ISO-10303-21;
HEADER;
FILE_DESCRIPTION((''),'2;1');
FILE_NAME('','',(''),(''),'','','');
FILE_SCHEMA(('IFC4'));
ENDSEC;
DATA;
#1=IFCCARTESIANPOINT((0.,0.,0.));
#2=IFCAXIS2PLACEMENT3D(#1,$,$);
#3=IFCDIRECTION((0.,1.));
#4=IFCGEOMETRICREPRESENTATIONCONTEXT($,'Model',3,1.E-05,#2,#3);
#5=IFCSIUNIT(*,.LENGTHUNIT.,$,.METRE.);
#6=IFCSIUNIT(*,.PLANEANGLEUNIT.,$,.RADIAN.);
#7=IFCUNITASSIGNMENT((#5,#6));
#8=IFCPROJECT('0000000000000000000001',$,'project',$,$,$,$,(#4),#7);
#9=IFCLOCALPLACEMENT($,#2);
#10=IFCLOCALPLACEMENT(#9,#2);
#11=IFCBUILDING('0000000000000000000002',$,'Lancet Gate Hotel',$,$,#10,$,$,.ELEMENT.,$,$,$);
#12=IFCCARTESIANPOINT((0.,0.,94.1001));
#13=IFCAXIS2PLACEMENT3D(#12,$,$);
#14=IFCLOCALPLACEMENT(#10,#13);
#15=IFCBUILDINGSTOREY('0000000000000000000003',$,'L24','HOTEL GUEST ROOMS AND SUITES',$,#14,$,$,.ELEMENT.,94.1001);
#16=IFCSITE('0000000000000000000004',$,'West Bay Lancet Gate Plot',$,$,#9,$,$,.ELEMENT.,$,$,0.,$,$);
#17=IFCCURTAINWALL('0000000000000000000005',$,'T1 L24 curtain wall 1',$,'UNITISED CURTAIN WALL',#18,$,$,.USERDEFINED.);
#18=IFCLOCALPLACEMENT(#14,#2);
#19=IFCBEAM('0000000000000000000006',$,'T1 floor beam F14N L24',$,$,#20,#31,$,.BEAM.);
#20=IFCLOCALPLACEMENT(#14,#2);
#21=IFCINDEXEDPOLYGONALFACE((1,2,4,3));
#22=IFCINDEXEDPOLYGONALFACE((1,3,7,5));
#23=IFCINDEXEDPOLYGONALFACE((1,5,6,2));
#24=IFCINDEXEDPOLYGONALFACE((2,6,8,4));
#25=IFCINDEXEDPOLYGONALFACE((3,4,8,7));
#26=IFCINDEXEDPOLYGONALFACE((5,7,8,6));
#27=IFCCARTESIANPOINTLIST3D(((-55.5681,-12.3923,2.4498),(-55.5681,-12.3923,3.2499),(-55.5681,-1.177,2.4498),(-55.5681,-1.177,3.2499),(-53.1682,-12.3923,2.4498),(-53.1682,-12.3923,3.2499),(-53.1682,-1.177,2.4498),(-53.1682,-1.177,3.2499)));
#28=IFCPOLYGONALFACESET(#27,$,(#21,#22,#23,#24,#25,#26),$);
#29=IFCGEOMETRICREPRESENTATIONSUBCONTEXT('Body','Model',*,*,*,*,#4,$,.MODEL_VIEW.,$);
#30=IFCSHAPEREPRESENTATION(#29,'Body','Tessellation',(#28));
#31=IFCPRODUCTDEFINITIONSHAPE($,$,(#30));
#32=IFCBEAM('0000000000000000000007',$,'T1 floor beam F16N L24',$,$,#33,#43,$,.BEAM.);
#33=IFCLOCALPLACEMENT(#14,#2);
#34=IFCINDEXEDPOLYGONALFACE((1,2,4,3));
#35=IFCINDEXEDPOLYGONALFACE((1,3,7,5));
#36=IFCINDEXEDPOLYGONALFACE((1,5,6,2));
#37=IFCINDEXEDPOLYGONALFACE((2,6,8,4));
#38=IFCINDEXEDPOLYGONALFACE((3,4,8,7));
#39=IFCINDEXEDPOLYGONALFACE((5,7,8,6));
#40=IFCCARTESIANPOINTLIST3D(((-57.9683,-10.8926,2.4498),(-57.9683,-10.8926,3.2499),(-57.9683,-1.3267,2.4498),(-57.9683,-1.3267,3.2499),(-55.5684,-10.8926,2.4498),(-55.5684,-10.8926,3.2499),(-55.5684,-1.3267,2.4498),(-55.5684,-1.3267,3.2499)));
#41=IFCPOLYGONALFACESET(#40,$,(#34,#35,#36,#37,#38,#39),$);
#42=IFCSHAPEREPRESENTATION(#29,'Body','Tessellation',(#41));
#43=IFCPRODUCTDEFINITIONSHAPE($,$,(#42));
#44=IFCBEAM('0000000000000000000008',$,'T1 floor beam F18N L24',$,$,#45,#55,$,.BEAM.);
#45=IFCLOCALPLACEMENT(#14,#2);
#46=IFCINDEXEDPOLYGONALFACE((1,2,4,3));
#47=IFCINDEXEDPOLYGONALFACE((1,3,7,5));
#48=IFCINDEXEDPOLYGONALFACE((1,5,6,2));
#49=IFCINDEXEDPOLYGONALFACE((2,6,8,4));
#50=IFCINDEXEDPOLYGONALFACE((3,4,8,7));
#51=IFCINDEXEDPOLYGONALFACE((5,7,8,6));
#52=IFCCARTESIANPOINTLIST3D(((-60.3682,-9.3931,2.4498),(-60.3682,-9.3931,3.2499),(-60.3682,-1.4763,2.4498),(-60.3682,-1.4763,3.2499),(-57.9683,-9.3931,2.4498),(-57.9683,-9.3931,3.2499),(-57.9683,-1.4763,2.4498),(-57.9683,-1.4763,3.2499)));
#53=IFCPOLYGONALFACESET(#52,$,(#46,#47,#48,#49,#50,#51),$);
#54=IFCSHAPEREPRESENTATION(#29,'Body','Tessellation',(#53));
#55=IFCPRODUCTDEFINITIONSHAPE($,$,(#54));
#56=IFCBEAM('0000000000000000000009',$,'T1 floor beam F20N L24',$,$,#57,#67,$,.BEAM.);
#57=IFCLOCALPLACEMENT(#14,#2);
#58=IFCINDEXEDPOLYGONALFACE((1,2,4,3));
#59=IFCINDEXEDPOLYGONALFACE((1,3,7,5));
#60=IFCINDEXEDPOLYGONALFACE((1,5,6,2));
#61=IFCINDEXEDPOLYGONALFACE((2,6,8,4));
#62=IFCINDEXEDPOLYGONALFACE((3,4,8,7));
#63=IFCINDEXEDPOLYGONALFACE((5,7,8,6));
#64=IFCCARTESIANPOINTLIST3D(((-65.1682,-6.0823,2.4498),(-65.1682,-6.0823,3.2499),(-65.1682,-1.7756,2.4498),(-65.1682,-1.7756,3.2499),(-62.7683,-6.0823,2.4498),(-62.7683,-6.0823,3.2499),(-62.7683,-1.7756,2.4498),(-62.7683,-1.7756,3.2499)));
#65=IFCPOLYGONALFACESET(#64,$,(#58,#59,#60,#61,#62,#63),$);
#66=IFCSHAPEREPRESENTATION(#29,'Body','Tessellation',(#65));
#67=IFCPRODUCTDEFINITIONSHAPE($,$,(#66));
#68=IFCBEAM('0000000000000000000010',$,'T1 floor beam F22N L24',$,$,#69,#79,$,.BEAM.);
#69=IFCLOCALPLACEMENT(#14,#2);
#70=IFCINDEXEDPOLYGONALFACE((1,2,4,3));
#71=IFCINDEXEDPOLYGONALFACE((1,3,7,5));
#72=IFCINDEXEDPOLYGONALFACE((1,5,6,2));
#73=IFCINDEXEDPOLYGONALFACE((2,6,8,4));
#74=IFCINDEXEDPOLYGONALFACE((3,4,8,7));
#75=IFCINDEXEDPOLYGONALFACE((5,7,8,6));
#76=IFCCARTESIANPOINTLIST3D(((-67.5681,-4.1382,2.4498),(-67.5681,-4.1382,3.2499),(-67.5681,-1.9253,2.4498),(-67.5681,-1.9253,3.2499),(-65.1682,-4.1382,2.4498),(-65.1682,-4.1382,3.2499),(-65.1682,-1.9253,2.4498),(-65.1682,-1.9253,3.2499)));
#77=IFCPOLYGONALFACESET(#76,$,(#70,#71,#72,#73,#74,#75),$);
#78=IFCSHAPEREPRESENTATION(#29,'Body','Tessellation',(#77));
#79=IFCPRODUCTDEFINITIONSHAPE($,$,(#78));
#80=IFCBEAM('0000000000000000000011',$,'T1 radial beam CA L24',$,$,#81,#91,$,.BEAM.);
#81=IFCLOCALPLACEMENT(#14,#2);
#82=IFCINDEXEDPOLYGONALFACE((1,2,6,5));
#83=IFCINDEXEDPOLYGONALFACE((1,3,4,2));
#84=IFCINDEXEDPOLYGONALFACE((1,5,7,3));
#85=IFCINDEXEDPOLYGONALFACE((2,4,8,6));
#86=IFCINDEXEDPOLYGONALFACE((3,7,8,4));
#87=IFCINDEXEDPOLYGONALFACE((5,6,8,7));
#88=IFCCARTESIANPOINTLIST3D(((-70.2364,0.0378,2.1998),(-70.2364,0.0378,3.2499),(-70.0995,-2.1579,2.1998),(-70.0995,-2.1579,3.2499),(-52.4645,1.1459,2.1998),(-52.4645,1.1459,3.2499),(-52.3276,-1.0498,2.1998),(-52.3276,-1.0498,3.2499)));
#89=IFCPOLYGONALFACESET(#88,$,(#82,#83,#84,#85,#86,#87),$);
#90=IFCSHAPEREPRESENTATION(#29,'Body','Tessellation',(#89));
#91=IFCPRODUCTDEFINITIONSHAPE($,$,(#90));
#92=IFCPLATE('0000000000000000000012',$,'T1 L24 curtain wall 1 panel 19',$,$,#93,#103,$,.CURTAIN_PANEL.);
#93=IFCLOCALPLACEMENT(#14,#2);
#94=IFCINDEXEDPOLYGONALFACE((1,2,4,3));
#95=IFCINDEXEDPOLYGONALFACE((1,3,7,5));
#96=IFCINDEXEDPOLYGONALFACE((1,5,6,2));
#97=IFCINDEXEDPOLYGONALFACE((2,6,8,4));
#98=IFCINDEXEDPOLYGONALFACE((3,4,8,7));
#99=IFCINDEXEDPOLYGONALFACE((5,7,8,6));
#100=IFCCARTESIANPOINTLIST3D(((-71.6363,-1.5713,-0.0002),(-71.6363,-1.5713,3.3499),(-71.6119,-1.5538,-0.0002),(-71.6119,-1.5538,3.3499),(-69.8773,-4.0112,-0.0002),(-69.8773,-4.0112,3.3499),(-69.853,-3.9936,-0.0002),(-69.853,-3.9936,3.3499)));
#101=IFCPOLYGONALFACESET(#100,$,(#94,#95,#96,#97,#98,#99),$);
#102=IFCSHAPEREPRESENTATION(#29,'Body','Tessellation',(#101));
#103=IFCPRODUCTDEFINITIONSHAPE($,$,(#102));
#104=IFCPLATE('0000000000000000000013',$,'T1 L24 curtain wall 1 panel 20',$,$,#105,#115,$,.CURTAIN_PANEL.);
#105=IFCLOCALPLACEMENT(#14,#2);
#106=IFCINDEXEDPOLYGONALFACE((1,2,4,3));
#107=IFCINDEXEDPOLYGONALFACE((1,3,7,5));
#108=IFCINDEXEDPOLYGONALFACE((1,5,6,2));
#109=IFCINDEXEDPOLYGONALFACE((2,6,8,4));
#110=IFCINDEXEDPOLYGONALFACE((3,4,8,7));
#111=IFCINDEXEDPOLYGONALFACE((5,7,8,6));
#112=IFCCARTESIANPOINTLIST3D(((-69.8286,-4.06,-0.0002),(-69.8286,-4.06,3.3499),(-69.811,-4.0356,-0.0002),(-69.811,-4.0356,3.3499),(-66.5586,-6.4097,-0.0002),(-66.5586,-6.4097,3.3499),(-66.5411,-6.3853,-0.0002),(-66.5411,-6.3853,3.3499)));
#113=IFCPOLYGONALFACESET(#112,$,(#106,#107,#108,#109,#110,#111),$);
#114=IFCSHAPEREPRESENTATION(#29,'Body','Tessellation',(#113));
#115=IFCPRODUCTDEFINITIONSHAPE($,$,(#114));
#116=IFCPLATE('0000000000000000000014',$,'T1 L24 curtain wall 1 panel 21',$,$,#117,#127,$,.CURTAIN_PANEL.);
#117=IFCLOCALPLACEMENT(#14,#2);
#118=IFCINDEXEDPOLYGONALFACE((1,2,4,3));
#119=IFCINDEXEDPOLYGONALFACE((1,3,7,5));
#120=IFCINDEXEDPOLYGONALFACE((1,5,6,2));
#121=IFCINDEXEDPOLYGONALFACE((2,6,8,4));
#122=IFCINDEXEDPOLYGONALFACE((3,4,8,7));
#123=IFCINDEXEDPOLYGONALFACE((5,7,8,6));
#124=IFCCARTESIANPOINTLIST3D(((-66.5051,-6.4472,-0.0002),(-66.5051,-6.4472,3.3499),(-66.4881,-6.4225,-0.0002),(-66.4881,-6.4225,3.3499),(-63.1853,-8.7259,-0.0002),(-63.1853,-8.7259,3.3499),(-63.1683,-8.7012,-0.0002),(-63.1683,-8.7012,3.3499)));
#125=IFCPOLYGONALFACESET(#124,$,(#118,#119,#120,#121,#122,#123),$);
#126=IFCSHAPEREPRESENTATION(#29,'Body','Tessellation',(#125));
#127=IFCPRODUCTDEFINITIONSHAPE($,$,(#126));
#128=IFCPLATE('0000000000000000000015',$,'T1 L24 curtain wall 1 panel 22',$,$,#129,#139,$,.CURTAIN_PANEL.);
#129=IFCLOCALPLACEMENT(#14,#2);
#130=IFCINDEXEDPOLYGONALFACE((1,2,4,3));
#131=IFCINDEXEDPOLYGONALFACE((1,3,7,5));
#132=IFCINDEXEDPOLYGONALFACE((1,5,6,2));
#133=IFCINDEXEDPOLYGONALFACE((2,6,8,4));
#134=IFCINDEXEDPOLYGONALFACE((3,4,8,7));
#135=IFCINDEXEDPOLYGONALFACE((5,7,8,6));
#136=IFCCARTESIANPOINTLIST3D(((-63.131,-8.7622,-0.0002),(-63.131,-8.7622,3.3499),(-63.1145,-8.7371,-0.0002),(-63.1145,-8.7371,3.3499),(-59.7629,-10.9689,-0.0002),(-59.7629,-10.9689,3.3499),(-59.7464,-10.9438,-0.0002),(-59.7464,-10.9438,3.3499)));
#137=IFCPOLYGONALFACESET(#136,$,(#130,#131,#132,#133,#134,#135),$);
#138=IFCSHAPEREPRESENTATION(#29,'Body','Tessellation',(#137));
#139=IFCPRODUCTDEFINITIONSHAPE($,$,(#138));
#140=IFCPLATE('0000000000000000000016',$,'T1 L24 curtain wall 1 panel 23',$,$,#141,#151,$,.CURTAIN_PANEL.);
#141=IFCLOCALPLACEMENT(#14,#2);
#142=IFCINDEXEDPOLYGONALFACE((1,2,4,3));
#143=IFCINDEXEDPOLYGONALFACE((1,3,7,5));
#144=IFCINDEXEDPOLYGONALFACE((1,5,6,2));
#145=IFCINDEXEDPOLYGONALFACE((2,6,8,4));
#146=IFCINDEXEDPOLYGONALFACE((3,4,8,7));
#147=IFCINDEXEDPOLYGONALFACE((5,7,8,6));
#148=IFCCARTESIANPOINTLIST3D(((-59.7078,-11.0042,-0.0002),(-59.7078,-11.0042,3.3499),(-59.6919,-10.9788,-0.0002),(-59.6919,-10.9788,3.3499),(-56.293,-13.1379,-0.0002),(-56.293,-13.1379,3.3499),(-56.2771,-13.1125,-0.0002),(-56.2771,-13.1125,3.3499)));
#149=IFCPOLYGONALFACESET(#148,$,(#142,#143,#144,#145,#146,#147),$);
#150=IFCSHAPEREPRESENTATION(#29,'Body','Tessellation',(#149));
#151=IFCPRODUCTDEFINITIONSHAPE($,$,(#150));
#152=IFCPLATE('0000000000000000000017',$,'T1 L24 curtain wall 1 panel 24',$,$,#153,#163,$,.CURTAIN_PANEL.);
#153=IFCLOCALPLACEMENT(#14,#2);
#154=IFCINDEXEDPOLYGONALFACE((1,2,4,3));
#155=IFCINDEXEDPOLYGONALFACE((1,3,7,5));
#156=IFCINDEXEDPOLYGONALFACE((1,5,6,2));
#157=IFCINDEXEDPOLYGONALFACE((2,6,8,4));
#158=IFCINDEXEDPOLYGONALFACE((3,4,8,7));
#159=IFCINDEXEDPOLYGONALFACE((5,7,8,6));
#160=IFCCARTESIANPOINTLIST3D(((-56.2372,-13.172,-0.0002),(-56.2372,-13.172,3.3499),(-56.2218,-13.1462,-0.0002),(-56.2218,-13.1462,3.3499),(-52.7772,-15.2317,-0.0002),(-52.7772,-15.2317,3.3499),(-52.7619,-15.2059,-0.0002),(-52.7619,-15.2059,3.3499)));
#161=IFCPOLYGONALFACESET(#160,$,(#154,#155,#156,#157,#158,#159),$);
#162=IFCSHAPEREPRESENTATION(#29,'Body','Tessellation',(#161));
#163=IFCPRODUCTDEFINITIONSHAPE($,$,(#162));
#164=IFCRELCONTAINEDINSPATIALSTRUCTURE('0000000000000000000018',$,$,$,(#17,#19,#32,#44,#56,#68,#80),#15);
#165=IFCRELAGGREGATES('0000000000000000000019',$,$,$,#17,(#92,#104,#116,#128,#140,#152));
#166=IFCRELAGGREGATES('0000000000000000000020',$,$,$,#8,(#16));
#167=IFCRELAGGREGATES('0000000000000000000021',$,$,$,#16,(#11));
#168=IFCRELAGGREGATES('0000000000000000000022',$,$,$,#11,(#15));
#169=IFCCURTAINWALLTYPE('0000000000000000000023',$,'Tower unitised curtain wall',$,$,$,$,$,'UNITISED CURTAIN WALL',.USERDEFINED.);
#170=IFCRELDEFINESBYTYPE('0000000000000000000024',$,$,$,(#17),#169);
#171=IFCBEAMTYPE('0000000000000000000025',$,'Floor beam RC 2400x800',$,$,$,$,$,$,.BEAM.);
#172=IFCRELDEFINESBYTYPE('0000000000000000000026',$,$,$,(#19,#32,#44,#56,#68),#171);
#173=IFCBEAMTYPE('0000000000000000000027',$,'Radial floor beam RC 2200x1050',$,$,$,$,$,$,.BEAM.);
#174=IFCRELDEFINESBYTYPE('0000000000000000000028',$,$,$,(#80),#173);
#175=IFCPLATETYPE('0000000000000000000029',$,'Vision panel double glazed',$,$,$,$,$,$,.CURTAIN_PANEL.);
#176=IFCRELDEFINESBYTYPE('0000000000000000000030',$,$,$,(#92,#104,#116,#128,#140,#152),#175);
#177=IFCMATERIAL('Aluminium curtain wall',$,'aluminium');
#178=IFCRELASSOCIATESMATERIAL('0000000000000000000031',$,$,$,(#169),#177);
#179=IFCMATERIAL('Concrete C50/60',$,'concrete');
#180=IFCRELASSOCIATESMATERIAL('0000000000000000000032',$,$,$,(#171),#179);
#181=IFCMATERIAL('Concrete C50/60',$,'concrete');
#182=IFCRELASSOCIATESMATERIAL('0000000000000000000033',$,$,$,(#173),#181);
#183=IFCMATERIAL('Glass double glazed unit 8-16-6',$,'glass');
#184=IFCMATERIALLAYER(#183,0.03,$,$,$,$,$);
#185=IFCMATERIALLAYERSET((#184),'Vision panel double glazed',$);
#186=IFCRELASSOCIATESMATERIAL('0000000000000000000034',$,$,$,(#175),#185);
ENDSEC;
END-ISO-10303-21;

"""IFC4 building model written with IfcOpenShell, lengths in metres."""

from ifc_helpers import new_model, si_unit, direction, frame, origin, origin_2d, place, context, subcontext, project, spatial, rectangle, extrude, material, layer, layer_set, material_profile, profile_set, type_object, element, aggregate, save


model = new_model("IFC4")

# Units and contexts
model_context = context("Model", 3, precision=1e-05, world=origin(), true_north=direction((0.0, 1.0)))
body_context = subcontext(model_context, "Body", "Model", "MODEL_VIEW")
ifc_project = project(units=[si_unit("LENGTHUNIT", "METRE"), si_unit("PLANEANGLEUNIT", "RADIAN")], contexts=[model_context])

# Site, building, storey
site_placement = place(None, origin())
site = spatial("IfcSite", under=ifc_project, at=site_placement, Name="West Bay Lancet Gate Plot", CompositionType="ELEMENT", RefElevation=0.0)
building_placement = place(site_placement, origin())
building = spatial("IfcBuilding", under=site, at=building_placement, Name="Lancet Gate Hotel", CompositionType="ELEMENT")
storey_placement = place(building_placement, frame((0.0, 0.0, 94.1001)))
storey = spatial("IfcBuildingStorey", under=building, at=storey_placement, Name="L24", Description="HOTEL GUEST ROOMS AND SUITES", CompositionType="ELEMENT", Elevation=94.1001)

# Curtain wall
ifc_material_1 = material(Name="Aluminium curtain wall", Category="aluminium")
curtain_wall_type = type_object("IfcCurtainWallType", Name="Tower unitised curtain wall", ElementType="UNITISED CURTAIN WALL", PredefinedType="USERDEFINED", material=ifc_material_1)
curtain_wall_placement = place(storey_placement, origin())
curtain_wall = element("IfcCurtainWall", 1, at=curtain_wall_placement, inside=storey, type_object=curtain_wall_type, Name="T1 L24 curtain wall 1", ObjectType="UNITISED CURTAIN WALL", PredefinedType="USERDEFINED")

# Beams
ifc_material_2 = material(Name="Concrete C50/60", Category="concrete")
ifc_material_profile_1 = material_profile(ifc_material_2, rectangle(XDim=2.3999, YDim=0.8, at=origin_2d()), Name="RC 2400x800")
ifc_profile_set_1 = profile_set([ifc_material_profile_1], Name="Concrete C50/60")
beam_type_1 = type_object("IfcBeamType", Name="Floor beam RC 2400x800", PredefinedType="BEAM", material=ifc_profile_set_1)
beam_1_placement = place(storey_placement, frame((-54.3682, -1.177, 2.8499), z_axis=(0.0, -1.0, 0.0), x_axis=(1.0, 0.0, 0.0)))
element("IfcBeam", 2, at=beam_1_placement, inside=storey, type_object=beam_type_1, Name="T1 floor beam F14N L24", PredefinedType="BEAM", context=body_context, shape_type="SweptSolid", body=[
    extrude(rectangle(XDim=2.3999, YDim=0.8, at=origin_2d()), origin(), (0.0, 0.0, 1.0), 11.2153),
])
beam_2_placement = place(storey_placement, frame((-56.7683, -1.3267, 2.8499), z_axis=(0.0, -1.0, 0.0), x_axis=(1.0, 0.0, 0.0)))
element("IfcBeam", 3, at=beam_2_placement, inside=storey, type_object=beam_type_1, Name="T1 floor beam F16N L24", PredefinedType="BEAM", context=body_context, shape_type="SweptSolid", body=[
    extrude(rectangle(XDim=2.3999, YDim=0.8, at=origin_2d()), origin(), (0.0, 0.0, 1.0), 9.5659),
])
beam_3_placement = place(storey_placement, frame((-59.1682, -1.4763, 2.8499), z_axis=(0.0, -1.0, 0.0), x_axis=(1.0, 0.0, 0.0)))
element("IfcBeam", 4, at=beam_3_placement, inside=storey, type_object=beam_type_1, Name="T1 floor beam F18N L24", PredefinedType="BEAM", context=body_context, shape_type="SweptSolid", body=[
    extrude(rectangle(XDim=2.3999, YDim=0.8, at=origin_2d()), origin(), (0.0, 0.0, 1.0), 7.9167),
])
beam_4_placement = place(storey_placement, frame((-63.9683, -1.7756, 2.8499), z_axis=(0.0, -1.0, 0.0), x_axis=(1.0, 0.0, 0.0)))
element("IfcBeam", 5, at=beam_4_placement, inside=storey, type_object=beam_type_1, Name="T1 floor beam F20N L24", PredefinedType="BEAM", context=body_context, shape_type="SweptSolid", body=[
    extrude(rectangle(XDim=2.3999, YDim=0.8, at=origin_2d()), origin(), (0.0, 0.0, 1.0), 4.3066),
])
beam_5_placement = place(storey_placement, frame((-66.3682, -1.9253, 2.8499), z_axis=(0.0, -1.0, 0.0), x_axis=(1.0, 0.0, 0.0)))
element("IfcBeam", 6, at=beam_5_placement, inside=storey, type_object=beam_type_1, Name="T1 floor beam F22N L24", PredefinedType="BEAM", context=body_context, shape_type="SweptSolid", body=[
    extrude(rectangle(XDim=2.3999, YDim=0.8, at=origin_2d()), origin(), (0.0, 0.0, 1.0), 2.2129),
])
ifc_material_3 = material(Name="Concrete C50/60", Category="concrete")
ifc_material_profile_2 = material_profile(ifc_material_3, rectangle(XDim=2.2, YDim=1.05, at=origin_2d()), Name="RC 2200x1050")
ifc_profile_set_2 = profile_set([ifc_material_profile_2], Name="Concrete C50/60")
beam_type_2 = type_object("IfcBeamType", Name="Radial floor beam RC 2200x1050", PredefinedType="BEAM", material=ifc_profile_set_2)
beam_6_placement = place(storey_placement, frame((-70.168, -1.0601, 2.7249), z_axis=(0.998062, 0.062233, 0.0), x_axis=(-0.062233, 0.998062, 0.0)))
element("IfcBeam", 7, at=beam_6_placement, inside=storey, type_object=beam_type_2, Name="T1 radial beam CA L24", PredefinedType="BEAM", context=body_context, shape_type="SweptSolid", body=[
    extrude(rectangle(XDim=2.2, YDim=1.05, at=origin_2d()), origin(), (0.0, 0.0, 1.0), 17.8064),
])

# Plates
ifc_material_4 = material(Name="Glass double glazed unit 8-16-6", Category="glass")
ifc_layer = layer(ifc_material_4, 0.03)
ifc_layer_set = layer_set([ifc_layer], Name="Vision panel double glazed")
plate_type = type_object("IfcPlateType", Name="Vision panel double glazed", PredefinedType="CURTAIN_PANEL", material=ifc_layer_set)
plate_1_placement = place(storey_placement, frame((-70.7446, -2.7825, -0.0002), z_axis=(0.0, 0.0, 1.0), x_axis=(0.584809, -0.811171, 0.0)))
plate_1 = element("IfcPlate", 8, at=plate_1_placement, type_object=plate_type, Name="T1 L24 curtain wall 1 panel 19", PredefinedType="CURTAIN_PANEL", context=body_context, shape_type="SweptSolid", body=[
    extrude(rectangle(XDim=3.0078, YDim=0.03, at=origin_2d()), origin(), (0.0, 0.0, 1.0), 3.3501),
])
plate_2_placement = place(storey_placement, frame((-68.1848, -5.2227, -0.0002), z_axis=(0.0, 0.0, 1.0), x_axis=(0.812093, -0.583528, 0.0)))
plate_2 = element("IfcPlate", 9, at=plate_2_placement, type_object=plate_type, Name="T1 L24 curtain wall 1 panel 20", PredefinedType="CURTAIN_PANEL", context=body_context, shape_type="SweptSolid", body=[
    extrude(rectangle(XDim=4.0266, YDim=0.03, at=origin_2d()), origin(), (0.0, 0.0, 1.0), 3.3501),
])
plate_3_placement = place(storey_placement, frame((-64.8367, -7.5742, -0.0002), z_axis=(0.0, 0.0, 1.0), x_axis=(0.824466, -0.565911, 0.0)))
plate_3 = element("IfcPlate", 10, at=plate_3_placement, type_object=plate_type, Name="T1 L24 curtain wall 1 panel 21", PredefinedType="CURTAIN_PANEL", context=body_context, shape_type="SweptSolid", body=[
    extrude(rectangle(XDim=4.0266, YDim=0.03, at=origin_2d()), origin(), (0.0, 0.0, 1.0), 3.3501),
])
plate_4_placement = place(storey_placement, frame((-61.4387, -9.853, -0.0002), z_axis=(0.0, 0.0, 1.0), x_axis=(0.836458, -0.548032, 0.0)))
plate_4 = element("IfcPlate", 11, at=plate_4_placement, type_object=plate_type, Name="T1 L24 curtain wall 1 panel 22", PredefinedType="CURTAIN_PANEL", context=body_context, shape_type="SweptSolid", body=[
    extrude(rectangle(XDim=4.0266, YDim=0.03, at=origin_2d()), origin(), (0.0, 0.0, 1.0), 3.3501),
])
plate_5_placement = place(storey_placement, frame((-57.9924, -12.0583, -0.0002), z_axis=(0.0, 0.0, 1.0), x_axis=(0.848061, -0.529899, 0.0)))
plate_5 = element("IfcPlate", 12, at=plate_5_placement, type_object=plate_type, Name="T1 L24 curtain wall 1 panel 23", PredefinedType="CURTAIN_PANEL", context=body_context, shape_type="SweptSolid", body=[
    extrude(rectangle(XDim=4.0266, YDim=0.03, at=origin_2d()), origin(), (0.0, 0.0, 1.0), 3.3501),
])
plate_6_placement = place(storey_placement, frame((-54.4995, -14.189, -0.0002), z_axis=(0.0, 0.0, 1.0), x_axis=(0.859271, -0.51152, 0.0)))
plate_6 = element("IfcPlate", 13, at=plate_6_placement, type_object=plate_type, Name="T1 L24 curtain wall 1 panel 24", PredefinedType="CURTAIN_PANEL", context=body_context, shape_type="SweptSolid", body=[
    extrude(rectangle(XDim=4.0266, YDim=0.03, at=origin_2d()), origin(), (0.0, 0.0, 1.0), 3.3501),
])
aggregate(curtain_wall, [plate_1, plate_2, plate_3, plate_4, plate_5, plate_6])

save(model, "model.ifc")
